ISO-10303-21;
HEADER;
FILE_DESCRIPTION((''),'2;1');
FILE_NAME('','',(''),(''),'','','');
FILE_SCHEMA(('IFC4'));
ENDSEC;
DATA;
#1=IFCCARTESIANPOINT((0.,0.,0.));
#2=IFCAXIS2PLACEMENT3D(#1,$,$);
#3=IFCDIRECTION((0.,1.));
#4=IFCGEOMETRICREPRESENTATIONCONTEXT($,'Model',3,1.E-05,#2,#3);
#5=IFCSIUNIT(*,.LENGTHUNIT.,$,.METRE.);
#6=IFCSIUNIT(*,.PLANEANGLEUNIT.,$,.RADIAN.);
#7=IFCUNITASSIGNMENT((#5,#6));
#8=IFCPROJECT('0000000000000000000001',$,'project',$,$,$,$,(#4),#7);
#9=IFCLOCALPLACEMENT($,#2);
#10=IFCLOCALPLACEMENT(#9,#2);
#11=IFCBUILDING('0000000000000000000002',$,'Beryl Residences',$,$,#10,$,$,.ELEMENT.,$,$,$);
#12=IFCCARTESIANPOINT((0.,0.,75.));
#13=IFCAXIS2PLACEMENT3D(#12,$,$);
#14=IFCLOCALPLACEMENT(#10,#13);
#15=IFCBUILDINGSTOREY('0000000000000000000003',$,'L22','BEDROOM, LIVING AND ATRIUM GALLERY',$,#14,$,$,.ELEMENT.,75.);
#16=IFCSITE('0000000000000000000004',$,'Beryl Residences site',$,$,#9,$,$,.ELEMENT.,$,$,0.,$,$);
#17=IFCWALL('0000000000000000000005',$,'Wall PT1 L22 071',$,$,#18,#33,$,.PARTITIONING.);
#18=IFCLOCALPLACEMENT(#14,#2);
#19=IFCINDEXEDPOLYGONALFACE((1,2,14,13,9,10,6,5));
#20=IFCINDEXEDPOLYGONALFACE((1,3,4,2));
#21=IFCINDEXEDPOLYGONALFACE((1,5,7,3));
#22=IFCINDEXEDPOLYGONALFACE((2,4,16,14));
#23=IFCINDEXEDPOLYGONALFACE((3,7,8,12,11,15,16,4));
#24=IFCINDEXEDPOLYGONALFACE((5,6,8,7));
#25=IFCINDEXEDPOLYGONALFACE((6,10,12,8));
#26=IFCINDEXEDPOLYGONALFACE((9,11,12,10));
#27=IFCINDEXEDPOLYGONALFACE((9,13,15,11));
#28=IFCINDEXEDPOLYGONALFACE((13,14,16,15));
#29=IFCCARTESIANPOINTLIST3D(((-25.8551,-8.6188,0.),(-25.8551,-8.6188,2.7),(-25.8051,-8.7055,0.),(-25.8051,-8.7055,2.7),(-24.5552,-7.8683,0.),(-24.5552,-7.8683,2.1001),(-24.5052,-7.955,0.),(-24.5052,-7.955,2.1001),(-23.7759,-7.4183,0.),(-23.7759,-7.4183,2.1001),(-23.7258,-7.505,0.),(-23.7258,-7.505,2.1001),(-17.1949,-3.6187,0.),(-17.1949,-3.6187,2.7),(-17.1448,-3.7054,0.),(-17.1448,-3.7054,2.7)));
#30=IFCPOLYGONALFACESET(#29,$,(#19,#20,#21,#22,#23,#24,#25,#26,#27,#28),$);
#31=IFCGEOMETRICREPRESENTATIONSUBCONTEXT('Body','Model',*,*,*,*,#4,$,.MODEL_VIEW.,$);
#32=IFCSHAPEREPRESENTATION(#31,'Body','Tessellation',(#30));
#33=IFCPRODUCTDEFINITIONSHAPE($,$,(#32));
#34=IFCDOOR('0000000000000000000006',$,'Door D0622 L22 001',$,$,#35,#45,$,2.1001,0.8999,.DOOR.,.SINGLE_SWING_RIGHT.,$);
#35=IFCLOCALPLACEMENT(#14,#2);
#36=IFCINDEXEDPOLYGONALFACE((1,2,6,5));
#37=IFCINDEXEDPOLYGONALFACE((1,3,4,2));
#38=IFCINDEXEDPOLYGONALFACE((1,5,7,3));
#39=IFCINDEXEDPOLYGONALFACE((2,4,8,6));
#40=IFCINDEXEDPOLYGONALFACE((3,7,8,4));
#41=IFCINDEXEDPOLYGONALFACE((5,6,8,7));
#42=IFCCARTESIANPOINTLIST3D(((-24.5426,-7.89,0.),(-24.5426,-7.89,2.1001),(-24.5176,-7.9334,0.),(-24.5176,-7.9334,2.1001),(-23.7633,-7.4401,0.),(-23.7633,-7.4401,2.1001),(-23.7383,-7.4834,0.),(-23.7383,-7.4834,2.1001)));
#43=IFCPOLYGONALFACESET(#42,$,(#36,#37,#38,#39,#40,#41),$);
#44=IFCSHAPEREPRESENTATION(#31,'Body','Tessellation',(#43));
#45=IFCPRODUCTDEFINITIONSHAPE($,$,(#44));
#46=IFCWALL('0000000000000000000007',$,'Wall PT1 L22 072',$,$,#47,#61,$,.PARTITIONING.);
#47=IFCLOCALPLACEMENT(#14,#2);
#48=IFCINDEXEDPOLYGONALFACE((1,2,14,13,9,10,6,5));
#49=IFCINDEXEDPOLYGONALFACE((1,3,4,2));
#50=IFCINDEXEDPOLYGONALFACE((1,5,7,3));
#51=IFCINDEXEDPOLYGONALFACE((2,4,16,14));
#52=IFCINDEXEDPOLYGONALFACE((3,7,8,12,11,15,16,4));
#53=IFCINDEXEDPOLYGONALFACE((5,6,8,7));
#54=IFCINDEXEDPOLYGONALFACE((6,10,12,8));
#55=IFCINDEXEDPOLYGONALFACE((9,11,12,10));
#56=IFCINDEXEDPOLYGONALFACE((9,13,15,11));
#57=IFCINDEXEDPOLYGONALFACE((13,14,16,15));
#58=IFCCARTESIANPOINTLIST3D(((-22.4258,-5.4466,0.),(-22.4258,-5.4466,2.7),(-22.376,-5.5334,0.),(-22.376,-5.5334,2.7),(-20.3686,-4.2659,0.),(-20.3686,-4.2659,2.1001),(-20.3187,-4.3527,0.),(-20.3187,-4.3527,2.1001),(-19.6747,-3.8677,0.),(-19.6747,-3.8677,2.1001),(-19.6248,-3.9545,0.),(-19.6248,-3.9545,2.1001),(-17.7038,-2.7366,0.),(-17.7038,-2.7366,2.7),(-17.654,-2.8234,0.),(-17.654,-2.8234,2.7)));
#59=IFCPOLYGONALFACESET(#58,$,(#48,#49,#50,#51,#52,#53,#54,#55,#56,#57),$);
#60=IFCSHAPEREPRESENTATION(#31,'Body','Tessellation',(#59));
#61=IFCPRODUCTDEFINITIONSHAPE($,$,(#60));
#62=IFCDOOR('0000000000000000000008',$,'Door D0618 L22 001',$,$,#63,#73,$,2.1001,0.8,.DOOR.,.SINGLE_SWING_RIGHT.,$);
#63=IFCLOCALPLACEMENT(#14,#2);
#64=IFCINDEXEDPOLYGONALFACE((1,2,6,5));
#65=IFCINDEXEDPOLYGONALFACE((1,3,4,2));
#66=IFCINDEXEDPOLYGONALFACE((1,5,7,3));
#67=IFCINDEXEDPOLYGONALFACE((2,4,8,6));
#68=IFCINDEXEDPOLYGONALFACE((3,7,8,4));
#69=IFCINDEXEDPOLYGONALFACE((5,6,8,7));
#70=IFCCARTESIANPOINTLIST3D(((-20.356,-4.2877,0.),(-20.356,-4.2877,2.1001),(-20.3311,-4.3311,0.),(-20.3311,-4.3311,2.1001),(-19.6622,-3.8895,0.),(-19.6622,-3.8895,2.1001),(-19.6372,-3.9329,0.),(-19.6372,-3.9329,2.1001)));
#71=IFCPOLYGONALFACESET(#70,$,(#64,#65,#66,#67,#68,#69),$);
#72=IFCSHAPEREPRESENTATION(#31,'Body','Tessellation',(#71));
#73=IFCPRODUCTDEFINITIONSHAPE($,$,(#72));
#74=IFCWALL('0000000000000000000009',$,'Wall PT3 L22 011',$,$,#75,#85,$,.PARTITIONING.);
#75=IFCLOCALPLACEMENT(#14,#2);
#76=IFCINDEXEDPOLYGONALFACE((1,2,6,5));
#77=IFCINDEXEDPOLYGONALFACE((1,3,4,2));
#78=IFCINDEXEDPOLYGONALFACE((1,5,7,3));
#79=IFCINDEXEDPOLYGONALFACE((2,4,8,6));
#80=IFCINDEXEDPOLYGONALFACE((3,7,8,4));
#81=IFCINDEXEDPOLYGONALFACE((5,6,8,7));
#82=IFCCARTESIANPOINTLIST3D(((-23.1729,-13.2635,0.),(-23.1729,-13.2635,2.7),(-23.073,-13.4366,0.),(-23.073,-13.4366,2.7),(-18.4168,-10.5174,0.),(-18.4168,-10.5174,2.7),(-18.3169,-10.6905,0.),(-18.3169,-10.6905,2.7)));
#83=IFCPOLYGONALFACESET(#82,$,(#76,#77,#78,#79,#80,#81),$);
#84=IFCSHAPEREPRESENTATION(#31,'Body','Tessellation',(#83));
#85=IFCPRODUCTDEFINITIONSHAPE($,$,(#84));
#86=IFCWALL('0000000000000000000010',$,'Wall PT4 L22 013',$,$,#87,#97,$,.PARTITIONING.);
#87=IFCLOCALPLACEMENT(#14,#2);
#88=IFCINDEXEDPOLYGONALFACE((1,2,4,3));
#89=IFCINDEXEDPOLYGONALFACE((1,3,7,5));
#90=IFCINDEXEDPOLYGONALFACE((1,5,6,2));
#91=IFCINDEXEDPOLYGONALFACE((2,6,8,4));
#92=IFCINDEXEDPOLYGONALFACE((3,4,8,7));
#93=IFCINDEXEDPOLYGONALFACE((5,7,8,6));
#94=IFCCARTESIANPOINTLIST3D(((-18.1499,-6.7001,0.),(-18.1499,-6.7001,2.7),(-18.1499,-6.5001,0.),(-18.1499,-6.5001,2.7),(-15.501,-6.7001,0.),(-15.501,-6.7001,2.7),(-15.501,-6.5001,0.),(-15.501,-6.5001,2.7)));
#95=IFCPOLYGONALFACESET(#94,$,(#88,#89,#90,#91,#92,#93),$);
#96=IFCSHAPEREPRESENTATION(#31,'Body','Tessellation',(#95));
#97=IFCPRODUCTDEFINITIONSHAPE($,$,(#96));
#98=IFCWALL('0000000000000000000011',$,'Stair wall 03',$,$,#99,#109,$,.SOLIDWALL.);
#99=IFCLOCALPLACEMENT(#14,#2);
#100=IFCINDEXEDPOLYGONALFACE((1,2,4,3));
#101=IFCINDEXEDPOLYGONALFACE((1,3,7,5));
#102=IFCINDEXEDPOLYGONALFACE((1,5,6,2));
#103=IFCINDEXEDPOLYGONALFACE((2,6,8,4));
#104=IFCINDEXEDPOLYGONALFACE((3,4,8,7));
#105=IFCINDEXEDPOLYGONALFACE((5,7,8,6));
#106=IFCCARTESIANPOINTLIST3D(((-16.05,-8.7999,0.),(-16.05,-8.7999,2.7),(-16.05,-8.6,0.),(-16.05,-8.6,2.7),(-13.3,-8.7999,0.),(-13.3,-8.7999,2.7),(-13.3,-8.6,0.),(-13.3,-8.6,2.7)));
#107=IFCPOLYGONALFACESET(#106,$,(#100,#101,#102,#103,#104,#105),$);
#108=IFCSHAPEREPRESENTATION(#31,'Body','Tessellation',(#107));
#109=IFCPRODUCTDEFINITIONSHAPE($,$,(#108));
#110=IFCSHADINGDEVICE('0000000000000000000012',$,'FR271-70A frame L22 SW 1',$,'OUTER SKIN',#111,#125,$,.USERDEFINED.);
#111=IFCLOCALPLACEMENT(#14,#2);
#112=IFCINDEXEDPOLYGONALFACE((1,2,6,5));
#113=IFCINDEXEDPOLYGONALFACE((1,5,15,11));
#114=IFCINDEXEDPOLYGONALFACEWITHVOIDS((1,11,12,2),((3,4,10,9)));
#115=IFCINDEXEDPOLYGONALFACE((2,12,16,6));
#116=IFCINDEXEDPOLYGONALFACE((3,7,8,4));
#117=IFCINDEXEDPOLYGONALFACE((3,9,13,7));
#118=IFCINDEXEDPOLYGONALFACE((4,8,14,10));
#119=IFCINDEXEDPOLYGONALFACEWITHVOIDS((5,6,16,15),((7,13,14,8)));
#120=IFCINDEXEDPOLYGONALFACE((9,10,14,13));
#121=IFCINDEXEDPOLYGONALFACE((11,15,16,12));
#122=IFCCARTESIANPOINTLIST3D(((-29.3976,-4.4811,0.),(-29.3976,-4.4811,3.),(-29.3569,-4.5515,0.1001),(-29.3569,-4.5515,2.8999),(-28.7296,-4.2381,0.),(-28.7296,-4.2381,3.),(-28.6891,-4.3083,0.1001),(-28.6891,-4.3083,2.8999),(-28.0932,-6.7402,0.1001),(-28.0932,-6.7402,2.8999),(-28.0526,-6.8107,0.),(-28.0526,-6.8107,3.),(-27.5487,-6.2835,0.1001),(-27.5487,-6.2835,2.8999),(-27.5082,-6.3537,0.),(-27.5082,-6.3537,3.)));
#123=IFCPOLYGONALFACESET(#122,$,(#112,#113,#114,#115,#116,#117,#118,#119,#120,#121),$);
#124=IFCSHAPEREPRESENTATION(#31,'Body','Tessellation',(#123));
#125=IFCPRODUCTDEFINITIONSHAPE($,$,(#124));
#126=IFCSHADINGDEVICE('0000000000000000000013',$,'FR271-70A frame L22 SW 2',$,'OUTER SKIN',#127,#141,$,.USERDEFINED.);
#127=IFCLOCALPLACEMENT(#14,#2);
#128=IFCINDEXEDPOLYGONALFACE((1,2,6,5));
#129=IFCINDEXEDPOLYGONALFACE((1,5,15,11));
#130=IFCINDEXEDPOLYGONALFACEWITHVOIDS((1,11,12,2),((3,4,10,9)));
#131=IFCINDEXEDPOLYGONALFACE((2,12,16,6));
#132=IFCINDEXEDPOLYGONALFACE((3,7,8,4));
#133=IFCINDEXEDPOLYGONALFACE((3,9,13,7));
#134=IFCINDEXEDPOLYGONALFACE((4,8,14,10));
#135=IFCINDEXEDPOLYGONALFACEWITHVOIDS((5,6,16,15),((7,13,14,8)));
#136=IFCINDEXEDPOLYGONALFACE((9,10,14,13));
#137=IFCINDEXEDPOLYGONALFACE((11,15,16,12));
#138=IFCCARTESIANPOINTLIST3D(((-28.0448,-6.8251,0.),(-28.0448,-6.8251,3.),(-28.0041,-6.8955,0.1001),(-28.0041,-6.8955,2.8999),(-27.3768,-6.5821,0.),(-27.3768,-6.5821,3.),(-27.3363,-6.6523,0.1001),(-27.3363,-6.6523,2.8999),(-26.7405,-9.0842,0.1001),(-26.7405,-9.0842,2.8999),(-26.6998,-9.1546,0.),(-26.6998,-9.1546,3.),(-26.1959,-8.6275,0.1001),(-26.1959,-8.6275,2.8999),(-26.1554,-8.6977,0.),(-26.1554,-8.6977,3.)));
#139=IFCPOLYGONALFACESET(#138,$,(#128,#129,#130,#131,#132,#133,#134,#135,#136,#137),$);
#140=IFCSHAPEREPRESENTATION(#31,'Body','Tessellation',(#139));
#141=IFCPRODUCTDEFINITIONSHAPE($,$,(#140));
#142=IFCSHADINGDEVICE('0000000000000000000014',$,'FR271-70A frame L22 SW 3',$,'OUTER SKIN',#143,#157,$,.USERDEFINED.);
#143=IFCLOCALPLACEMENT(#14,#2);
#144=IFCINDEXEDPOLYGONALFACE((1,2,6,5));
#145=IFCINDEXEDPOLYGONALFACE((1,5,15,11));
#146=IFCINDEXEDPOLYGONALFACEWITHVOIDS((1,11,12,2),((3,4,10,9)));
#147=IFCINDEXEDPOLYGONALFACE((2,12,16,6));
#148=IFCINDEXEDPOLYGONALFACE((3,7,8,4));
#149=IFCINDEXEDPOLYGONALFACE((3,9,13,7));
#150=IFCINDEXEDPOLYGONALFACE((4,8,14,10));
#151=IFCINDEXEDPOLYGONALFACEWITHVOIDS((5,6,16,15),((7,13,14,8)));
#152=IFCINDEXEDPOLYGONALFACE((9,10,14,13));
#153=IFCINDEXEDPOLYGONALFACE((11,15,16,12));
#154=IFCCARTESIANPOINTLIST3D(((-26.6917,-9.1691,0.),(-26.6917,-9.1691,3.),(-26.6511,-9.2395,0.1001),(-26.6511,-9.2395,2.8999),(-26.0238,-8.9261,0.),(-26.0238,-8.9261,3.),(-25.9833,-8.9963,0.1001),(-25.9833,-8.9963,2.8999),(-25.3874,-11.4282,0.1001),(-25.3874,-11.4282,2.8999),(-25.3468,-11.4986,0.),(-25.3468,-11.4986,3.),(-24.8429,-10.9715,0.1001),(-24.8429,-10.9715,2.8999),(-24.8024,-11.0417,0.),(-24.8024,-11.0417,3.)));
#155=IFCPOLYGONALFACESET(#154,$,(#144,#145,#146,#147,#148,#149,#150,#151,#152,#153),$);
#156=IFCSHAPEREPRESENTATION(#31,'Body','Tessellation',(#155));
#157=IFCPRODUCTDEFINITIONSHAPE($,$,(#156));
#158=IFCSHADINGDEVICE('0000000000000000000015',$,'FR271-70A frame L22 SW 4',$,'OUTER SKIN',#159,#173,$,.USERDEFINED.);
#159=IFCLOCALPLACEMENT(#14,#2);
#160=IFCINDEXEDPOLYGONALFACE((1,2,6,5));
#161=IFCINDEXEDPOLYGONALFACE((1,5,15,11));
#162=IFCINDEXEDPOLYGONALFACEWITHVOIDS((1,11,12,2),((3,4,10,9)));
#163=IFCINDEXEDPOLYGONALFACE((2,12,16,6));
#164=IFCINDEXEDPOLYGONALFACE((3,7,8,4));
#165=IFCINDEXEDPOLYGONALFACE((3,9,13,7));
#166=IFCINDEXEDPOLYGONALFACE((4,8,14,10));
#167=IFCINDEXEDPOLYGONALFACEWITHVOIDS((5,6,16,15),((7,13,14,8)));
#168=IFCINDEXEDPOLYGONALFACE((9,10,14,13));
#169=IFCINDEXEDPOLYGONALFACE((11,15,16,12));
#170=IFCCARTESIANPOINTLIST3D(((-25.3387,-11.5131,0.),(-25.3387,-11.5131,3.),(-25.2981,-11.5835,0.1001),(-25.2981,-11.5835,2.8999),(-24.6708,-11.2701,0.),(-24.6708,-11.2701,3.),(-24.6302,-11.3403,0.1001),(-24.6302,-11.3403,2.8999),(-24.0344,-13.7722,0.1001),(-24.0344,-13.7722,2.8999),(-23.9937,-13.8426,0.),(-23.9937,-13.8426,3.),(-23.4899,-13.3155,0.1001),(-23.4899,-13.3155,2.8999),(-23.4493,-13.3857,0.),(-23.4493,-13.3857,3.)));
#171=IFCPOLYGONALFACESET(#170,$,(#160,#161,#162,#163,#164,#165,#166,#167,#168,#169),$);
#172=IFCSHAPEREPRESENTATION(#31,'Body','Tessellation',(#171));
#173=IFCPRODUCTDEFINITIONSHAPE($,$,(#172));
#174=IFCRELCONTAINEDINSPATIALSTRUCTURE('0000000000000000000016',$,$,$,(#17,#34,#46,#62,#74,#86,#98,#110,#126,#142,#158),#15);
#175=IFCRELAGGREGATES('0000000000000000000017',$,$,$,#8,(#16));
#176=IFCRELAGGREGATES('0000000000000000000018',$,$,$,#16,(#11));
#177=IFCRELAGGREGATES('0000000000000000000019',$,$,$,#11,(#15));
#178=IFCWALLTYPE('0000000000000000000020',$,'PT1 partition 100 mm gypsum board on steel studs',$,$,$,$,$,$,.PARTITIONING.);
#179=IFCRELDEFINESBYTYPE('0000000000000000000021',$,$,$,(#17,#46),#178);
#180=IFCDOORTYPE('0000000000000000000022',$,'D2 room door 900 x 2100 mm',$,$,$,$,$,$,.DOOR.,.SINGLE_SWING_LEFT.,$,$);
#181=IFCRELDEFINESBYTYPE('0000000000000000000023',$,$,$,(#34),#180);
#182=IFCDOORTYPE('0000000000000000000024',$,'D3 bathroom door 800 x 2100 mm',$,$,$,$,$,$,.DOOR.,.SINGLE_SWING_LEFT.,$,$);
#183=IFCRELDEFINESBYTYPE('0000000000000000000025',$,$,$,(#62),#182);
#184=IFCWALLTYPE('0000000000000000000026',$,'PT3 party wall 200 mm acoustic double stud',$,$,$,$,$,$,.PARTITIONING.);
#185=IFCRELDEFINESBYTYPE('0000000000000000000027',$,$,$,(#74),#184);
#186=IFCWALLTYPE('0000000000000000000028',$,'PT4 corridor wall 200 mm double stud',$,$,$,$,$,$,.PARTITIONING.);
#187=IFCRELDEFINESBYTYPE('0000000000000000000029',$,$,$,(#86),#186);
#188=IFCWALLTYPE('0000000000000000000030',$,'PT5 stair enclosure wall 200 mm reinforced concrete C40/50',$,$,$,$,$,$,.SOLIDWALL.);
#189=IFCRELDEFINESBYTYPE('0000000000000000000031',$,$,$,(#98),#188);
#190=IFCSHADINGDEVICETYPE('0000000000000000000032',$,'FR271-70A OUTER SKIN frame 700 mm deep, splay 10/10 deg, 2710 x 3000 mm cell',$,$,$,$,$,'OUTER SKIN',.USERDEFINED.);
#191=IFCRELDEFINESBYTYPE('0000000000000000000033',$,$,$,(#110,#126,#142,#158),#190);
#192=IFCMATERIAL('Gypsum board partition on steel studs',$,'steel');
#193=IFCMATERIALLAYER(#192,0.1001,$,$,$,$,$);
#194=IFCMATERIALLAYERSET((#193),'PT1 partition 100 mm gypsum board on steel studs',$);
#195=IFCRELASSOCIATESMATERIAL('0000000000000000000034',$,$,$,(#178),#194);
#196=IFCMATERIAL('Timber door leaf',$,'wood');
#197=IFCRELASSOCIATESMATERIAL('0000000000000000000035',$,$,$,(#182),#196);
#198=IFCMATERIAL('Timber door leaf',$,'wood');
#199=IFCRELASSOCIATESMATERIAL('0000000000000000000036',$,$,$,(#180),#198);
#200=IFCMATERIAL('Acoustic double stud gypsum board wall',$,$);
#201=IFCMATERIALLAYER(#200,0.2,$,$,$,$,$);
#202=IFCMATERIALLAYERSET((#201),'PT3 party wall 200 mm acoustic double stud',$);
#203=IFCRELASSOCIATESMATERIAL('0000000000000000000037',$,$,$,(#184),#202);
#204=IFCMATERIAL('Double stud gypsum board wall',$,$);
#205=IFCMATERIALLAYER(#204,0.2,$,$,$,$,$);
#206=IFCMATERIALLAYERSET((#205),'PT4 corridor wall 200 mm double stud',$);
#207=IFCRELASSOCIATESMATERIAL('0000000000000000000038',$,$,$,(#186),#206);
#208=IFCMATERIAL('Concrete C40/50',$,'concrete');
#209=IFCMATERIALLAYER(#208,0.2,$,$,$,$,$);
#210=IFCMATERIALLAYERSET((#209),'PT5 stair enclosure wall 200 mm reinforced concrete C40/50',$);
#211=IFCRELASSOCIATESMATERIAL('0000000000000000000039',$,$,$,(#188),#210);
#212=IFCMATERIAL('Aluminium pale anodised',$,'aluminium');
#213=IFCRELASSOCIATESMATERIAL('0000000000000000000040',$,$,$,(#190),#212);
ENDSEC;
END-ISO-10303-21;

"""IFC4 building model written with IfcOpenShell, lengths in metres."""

from ifc_helpers import new_model, entity, si_unit, direction, frame, frame_2d, origin, place, context, subcontext, project, spatial, rectangle, extrude, source, transform, mapped, material, layer, layer_set, type_object, type_shapes, element, fill, save


model = new_model("IFC4")

# Units and contexts
model_context = context("Model", 3, precision=1e-05, world=origin(), true_north=direction((0.0, 1.0)))
body_context = subcontext(model_context, "Body", "Model", "MODEL_VIEW")
ifc_project = project(units=[si_unit("LENGTHUNIT", "METRE"), si_unit("PLANEANGLEUNIT", "RADIAN")], contexts=[model_context])

# Site, building, storey
site_placement = place(None, origin())
site = spatial("IfcSite", under=ifc_project, at=site_placement, Name="Beryl Residences site", CompositionType="ELEMENT", RefElevation=0.0)
building_placement = place(site_placement, origin())
building = spatial("IfcBuilding", under=site, at=building_placement, Name="Beryl Residences", CompositionType="ELEMENT")
storey_placement = place(building_placement, frame((0.0, 0.0, 75.0)))
storey = spatial("IfcBuildingStorey", under=building, at=storey_placement, Name="L22", Description="BEDROOM, LIVING AND ATRIUM GALLERY", CompositionType="ELEMENT", Elevation=75.0)

# Shared definitions
ifc_material_1 = material(Name="Gypsum board partition on steel studs", Category="steel")
ifc_layer_1 = layer(ifc_material_1, 0.1001)
ifc_layer_set_1 = layer_set([ifc_layer_1], Name="PT1 partition 100 mm gypsum board on steel studs")
wall_type_1 = type_object("IfcWallType", Name="PT1 partition 100 mm gypsum board on steel studs", PredefinedType="PARTITIONING", material=ifc_layer_set_1)

# Shared definitions
ifc_material_2 = material(Name="Timber door leaf", Category="wood")
door_type_1 = type_object("IfcDoorType", Name="D3 bathroom door 800 x 2100 mm", OperationType="SINGLE_SWING_LEFT", PredefinedType="DOOR", material=ifc_material_2)
ifc_material_3 = material(Name="Timber door leaf", Category="wood")
door_type_2 = type_object("IfcDoorType", Name="D2 room door 900 x 2100 mm", OperationType="SINGLE_SWING_LEFT", PredefinedType="DOOR", material=ifc_material_3)

# Walls, openings, doors
wall_1_placement = place(storey_placement, frame((-25.8301, -8.6621, 0.0), z_axis=(0.0, 0.0, 1.0), x_axis=(0.866023, 0.500004, 0.0)))
wall_1 = element("IfcWall", 1, at=wall_1_placement, inside=storey, type_object=wall_type_1, Name="Wall PT1 L22 071", PredefinedType="PARTITIONING", context=body_context, shape_type="SweptSolid", body=[
    extrude(rectangle(XDim=10.0, YDim=0.1001, at=frame_2d((5.0, 0.0))), origin(), (0.0, 0.0, 1.0), 2.7),
])
opening_1_placement = place(wall_1_placement, frame((1.501, 0.0, 0.0)))
opening_1 = element("IfcOpeningElement", 2, at=opening_1_placement, cuts=wall_1, PredefinedType="OPENING", context=body_context, shape_type="SweptSolid", body=[
    extrude(rectangle(XDim=0.8999, YDim=2.1001, at=frame_2d((0.45, 1.05))), frame((0.0, 0.0601, 0.0), z_axis=(0.0, -1.0, 0.0), x_axis=(1.0, 0.0, 0.0)), (0.0, 0.0, 1.0), 0.1201),
])
door_1_placement = place(opening_1_placement, origin())
door_1 = element("IfcDoor", 3, at=door_1_placement, inside=storey, type_object=door_type_2, Name="Door D0622 L22 001", OperationType="SINGLE_SWING_RIGHT", OverallHeight=2.1001, OverallWidth=0.8999, PredefinedType="DOOR", context=body_context, shape_type="SweptSolid", body=[
    extrude(rectangle(XDim=0.8999, YDim=2.1001, at=frame_2d((0.45, 1.05))), frame((0.0, 0.0249, 0.0), z_axis=(0.0, -1.0, 0.0), x_axis=(1.0, 0.0, 0.0)), (0.0, 0.0, 1.0), 0.05),
])
fill(opening_1, door_1)
wall_2_placement = place(storey_placement, frame((-22.4009, -5.49, 0.0), z_axis=(0.0, 0.0, 1.0), x_axis=(0.867314, 0.497761, 0.0)))
wall_2 = element("IfcWall", 4, at=wall_2_placement, inside=storey, type_object=wall_type_1, Name="Wall PT1 L22 072", PredefinedType="PARTITIONING", context=body_context, shape_type="SweptSolid", body=[
    extrude(rectangle(XDim=5.4443, YDim=0.1001, at=frame_2d((2.7222, 0.0))), origin(), (0.0, 0.0, 1.0), 2.7),
])
opening_2_placement = place(wall_2_placement, frame((2.3721, 0.0, 0.0)))
opening_2 = element("IfcOpeningElement", 5, at=opening_2_placement, cuts=wall_2, PredefinedType="OPENING", context=body_context, shape_type="SweptSolid", body=[
    extrude(rectangle(XDim=0.8, YDim=2.1001, at=frame_2d((0.3999, 1.05))), frame((0.0, 0.0601, 0.0), z_axis=(0.0, -1.0, 0.0), x_axis=(1.0, 0.0, 0.0)), (0.0, 0.0, 1.0), 0.1201),
])
door_2_placement = place(opening_2_placement, origin())
door_2 = element("IfcDoor", 6, at=door_2_placement, inside=storey, type_object=door_type_1, Name="Door D0618 L22 001", OperationType="SINGLE_SWING_RIGHT", OverallHeight=2.1001, OverallWidth=0.8, PredefinedType="DOOR", context=body_context, shape_type="SweptSolid", body=[
    extrude(rectangle(XDim=0.8, YDim=2.1001, at=frame_2d((0.3999, 1.05))), frame((0.0, 0.0249, 0.0), z_axis=(0.0, -1.0, 0.0), x_axis=(1.0, 0.0, 0.0)), (0.0, 0.0, 1.0), 0.05),
])
fill(opening_2, door_2)

# Walls
ifc_material_4 = material(Name="Acoustic double stud gypsum board wall")
ifc_layer_2 = layer(ifc_material_4, 0.2)
ifc_layer_set_2 = layer_set([ifc_layer_2], Name="PT3 party wall 200 mm acoustic double stud")
wall_type_2 = type_object("IfcWallType", Name="PT3 party wall 200 mm acoustic double stud", PredefinedType="PARTITIONING", material=ifc_layer_set_2)
wall_3_placement = place(storey_placement, frame((-23.123, -13.3501, 0.0), z_axis=(0.0, 0.0, 1.0), x_axis=(0.866013, 0.500021, 0.0)))
element("IfcWall", 7, at=wall_3_placement, inside=storey, type_object=wall_type_2, Name="Wall PT3 L22 011", PredefinedType="PARTITIONING", context=body_context, shape_type="SweptSolid", body=[
    extrude(rectangle(XDim=5.4919, YDim=0.2, at=frame_2d((2.7461, 0.0))), origin(), (0.0, 0.0, 1.0), 2.7),
])
ifc_material_5 = material(Name="Double stud gypsum board wall")
ifc_layer_3 = layer(ifc_material_5, 0.2)
ifc_layer_set_3 = layer_set([ifc_layer_3], Name="PT4 corridor wall 200 mm double stud")
wall_type_3 = type_object("IfcWallType", Name="PT4 corridor wall 200 mm double stud", PredefinedType="PARTITIONING", material=ifc_layer_set_3)
wall_4_placement = place(storey_placement, frame((-18.1499, -6.6001, 0.0), z_axis=(0.0, 0.0, 1.0), x_axis=(1.0, 0.0, 0.0)))
element("IfcWall", 8, at=wall_4_placement, inside=storey, type_object=wall_type_3, Name="Wall PT4 L22 013", PredefinedType="PARTITIONING", context=body_context, shape_type="SweptSolid", body=[
    extrude(rectangle(XDim=2.6489, YDim=0.2, at=frame_2d((1.3245, 0.0))), origin(), (0.0, 0.0, 1.0), 2.7),
])
ifc_material_6 = material(Name="Concrete C40/50", Category="concrete")
ifc_layer_4 = layer(ifc_material_6, 0.2)
ifc_layer_set_4 = layer_set([ifc_layer_4], Name="PT5 stair enclosure wall 200 mm reinforced concrete C40/50")
wall_type_4 = type_object("IfcWallType", Name="PT5 stair enclosure wall 200 mm reinforced concrete C40/50", PredefinedType="SOLIDWALL", material=ifc_layer_set_4)
wall_5_placement = place(storey_placement, frame((-16.05, -8.7, 0.0), z_axis=(0.0, 0.0, 1.0), x_axis=(1.0, 0.0, 0.0)))
element("IfcWall", 9, at=wall_5_placement, inside=storey, type_object=wall_type_4, Name="Stair wall 03", PredefinedType="SOLIDWALL", context=body_context, shape_type="SweptSolid", body=[
    extrude(rectangle(XDim=2.75, YDim=0.2, at=frame_2d((1.375, 0.0))), origin(), (0.0, 0.0, 1.0), 2.7),
])

# Shading devices
ifc_material_7 = material(Name="Aluminium pale anodised", Category="aluminium")
shading_device_type = type_object("IfcShadingDeviceType", Name="FR271-70A OUTER SKIN frame 700 mm deep, splay 10/10 deg, 2710 x 3000 mm cell", ElementType="OUTER SKIN", PredefinedType="USERDEFINED", material=ifc_material_7)
cartesian_point_1 = entity("IfcCartesianPoint", [-1.2214, 0.0])
cartesian_point_2 = entity("IfcCartesianPoint", [-1.1404, 0.1001])
cartesian_point_3 = entity("IfcCartesianPoint", [-1.345, 0.0])
cartesian_point_4 = entity("IfcCartesianPoint", [-1.2637, 0.1001])
shared_shape_1 = source(origin(), body_context, "Body", "SweptSolid", [
    entity("IfcExtrudedAreaSolidTapered", entity("IfcArbitraryProfileDefWithVoids", "AREA", None, entity("IfcPolyline", [cartesian_point_1, entity("IfcCartesianPoint", [1.2214, 0.0]), entity("IfcCartesianPoint", [1.2214, 3.0]), entity("IfcCartesianPoint", [-1.2214, 3.0]), cartesian_point_1]), [entity("IfcPolyline", [cartesian_point_2, entity("IfcCartesianPoint", [1.1404, 0.1001]), entity("IfcCartesianPoint", [1.1404, 2.8999]), entity("IfcCartesianPoint", [-1.1404, 2.8999]), cartesian_point_2])]), entity("IfcAxis2Placement3D", entity("IfcCartesianPoint", [0.0, 0.0, 0.0]), entity("IfcDirection", [0.0, 1.0, 0.0]), entity("IfcDirection", [-1.0, 0.0, 0.0])), entity("IfcDirection", [0.0, 0.0, 1.0]), 0.7, entity("IfcArbitraryProfileDefWithVoids", "AREA", None, entity("IfcPolyline", [cartesian_point_3, entity("IfcCartesianPoint", [1.345, 0.0]), entity("IfcCartesianPoint", [1.345, 3.0]), entity("IfcCartesianPoint", [-1.345, 3.0]), cartesian_point_3]), [entity("IfcPolyline", [cartesian_point_4, entity("IfcCartesianPoint", [1.2637, 0.1001]), entity("IfcCartesianPoint", [1.2637, 2.8999]), entity("IfcCartesianPoint", [-1.2637, 2.8999]), cartesian_point_4])])),
])
type_shapes(shading_device_type, [shared_shape_1])
for number, where, z_axis, x_axis, name in (
    (10, (-28.1189, -5.2959, 0.0), (0.0, 0.0, 1.0), (-0.5, 0.866025, 0.0), "FR271-70A frame L22 SW 1"),
    (11, (-26.7661, -7.6399, 0.0), (0.0, 0.0, 1.0), (-0.5, 0.866025, 0.0), "FR271-70A frame L22 SW 2"),
    (12, (-25.4131, -9.9839, 0.0), (0.0, 0.0, 1.0), (-0.5, 0.866025, 0.0), "FR271-70A frame L22 SW 3"),
    (13, (-24.0601, -12.3279, 0.0), (0.0, 0.0, 1.0), (-0.5, 0.866025, 0.0), "FR271-70A frame L22 SW 4"),
):
    element("IfcShadingDevice", number, at=place(storey_placement, frame(where, z_axis=z_axis, x_axis=x_axis)), inside=storey, type_object=shading_device_type, Name=name, ObjectType="OUTER SKIN", PredefinedType="USERDEFINED", context=body_context, shape_type="MappedRepresentation", body=[
        mapped(shared_shape_1, transform((0.0, 0.0, 0.0))),
    ])

save(model, "model.ifc")
